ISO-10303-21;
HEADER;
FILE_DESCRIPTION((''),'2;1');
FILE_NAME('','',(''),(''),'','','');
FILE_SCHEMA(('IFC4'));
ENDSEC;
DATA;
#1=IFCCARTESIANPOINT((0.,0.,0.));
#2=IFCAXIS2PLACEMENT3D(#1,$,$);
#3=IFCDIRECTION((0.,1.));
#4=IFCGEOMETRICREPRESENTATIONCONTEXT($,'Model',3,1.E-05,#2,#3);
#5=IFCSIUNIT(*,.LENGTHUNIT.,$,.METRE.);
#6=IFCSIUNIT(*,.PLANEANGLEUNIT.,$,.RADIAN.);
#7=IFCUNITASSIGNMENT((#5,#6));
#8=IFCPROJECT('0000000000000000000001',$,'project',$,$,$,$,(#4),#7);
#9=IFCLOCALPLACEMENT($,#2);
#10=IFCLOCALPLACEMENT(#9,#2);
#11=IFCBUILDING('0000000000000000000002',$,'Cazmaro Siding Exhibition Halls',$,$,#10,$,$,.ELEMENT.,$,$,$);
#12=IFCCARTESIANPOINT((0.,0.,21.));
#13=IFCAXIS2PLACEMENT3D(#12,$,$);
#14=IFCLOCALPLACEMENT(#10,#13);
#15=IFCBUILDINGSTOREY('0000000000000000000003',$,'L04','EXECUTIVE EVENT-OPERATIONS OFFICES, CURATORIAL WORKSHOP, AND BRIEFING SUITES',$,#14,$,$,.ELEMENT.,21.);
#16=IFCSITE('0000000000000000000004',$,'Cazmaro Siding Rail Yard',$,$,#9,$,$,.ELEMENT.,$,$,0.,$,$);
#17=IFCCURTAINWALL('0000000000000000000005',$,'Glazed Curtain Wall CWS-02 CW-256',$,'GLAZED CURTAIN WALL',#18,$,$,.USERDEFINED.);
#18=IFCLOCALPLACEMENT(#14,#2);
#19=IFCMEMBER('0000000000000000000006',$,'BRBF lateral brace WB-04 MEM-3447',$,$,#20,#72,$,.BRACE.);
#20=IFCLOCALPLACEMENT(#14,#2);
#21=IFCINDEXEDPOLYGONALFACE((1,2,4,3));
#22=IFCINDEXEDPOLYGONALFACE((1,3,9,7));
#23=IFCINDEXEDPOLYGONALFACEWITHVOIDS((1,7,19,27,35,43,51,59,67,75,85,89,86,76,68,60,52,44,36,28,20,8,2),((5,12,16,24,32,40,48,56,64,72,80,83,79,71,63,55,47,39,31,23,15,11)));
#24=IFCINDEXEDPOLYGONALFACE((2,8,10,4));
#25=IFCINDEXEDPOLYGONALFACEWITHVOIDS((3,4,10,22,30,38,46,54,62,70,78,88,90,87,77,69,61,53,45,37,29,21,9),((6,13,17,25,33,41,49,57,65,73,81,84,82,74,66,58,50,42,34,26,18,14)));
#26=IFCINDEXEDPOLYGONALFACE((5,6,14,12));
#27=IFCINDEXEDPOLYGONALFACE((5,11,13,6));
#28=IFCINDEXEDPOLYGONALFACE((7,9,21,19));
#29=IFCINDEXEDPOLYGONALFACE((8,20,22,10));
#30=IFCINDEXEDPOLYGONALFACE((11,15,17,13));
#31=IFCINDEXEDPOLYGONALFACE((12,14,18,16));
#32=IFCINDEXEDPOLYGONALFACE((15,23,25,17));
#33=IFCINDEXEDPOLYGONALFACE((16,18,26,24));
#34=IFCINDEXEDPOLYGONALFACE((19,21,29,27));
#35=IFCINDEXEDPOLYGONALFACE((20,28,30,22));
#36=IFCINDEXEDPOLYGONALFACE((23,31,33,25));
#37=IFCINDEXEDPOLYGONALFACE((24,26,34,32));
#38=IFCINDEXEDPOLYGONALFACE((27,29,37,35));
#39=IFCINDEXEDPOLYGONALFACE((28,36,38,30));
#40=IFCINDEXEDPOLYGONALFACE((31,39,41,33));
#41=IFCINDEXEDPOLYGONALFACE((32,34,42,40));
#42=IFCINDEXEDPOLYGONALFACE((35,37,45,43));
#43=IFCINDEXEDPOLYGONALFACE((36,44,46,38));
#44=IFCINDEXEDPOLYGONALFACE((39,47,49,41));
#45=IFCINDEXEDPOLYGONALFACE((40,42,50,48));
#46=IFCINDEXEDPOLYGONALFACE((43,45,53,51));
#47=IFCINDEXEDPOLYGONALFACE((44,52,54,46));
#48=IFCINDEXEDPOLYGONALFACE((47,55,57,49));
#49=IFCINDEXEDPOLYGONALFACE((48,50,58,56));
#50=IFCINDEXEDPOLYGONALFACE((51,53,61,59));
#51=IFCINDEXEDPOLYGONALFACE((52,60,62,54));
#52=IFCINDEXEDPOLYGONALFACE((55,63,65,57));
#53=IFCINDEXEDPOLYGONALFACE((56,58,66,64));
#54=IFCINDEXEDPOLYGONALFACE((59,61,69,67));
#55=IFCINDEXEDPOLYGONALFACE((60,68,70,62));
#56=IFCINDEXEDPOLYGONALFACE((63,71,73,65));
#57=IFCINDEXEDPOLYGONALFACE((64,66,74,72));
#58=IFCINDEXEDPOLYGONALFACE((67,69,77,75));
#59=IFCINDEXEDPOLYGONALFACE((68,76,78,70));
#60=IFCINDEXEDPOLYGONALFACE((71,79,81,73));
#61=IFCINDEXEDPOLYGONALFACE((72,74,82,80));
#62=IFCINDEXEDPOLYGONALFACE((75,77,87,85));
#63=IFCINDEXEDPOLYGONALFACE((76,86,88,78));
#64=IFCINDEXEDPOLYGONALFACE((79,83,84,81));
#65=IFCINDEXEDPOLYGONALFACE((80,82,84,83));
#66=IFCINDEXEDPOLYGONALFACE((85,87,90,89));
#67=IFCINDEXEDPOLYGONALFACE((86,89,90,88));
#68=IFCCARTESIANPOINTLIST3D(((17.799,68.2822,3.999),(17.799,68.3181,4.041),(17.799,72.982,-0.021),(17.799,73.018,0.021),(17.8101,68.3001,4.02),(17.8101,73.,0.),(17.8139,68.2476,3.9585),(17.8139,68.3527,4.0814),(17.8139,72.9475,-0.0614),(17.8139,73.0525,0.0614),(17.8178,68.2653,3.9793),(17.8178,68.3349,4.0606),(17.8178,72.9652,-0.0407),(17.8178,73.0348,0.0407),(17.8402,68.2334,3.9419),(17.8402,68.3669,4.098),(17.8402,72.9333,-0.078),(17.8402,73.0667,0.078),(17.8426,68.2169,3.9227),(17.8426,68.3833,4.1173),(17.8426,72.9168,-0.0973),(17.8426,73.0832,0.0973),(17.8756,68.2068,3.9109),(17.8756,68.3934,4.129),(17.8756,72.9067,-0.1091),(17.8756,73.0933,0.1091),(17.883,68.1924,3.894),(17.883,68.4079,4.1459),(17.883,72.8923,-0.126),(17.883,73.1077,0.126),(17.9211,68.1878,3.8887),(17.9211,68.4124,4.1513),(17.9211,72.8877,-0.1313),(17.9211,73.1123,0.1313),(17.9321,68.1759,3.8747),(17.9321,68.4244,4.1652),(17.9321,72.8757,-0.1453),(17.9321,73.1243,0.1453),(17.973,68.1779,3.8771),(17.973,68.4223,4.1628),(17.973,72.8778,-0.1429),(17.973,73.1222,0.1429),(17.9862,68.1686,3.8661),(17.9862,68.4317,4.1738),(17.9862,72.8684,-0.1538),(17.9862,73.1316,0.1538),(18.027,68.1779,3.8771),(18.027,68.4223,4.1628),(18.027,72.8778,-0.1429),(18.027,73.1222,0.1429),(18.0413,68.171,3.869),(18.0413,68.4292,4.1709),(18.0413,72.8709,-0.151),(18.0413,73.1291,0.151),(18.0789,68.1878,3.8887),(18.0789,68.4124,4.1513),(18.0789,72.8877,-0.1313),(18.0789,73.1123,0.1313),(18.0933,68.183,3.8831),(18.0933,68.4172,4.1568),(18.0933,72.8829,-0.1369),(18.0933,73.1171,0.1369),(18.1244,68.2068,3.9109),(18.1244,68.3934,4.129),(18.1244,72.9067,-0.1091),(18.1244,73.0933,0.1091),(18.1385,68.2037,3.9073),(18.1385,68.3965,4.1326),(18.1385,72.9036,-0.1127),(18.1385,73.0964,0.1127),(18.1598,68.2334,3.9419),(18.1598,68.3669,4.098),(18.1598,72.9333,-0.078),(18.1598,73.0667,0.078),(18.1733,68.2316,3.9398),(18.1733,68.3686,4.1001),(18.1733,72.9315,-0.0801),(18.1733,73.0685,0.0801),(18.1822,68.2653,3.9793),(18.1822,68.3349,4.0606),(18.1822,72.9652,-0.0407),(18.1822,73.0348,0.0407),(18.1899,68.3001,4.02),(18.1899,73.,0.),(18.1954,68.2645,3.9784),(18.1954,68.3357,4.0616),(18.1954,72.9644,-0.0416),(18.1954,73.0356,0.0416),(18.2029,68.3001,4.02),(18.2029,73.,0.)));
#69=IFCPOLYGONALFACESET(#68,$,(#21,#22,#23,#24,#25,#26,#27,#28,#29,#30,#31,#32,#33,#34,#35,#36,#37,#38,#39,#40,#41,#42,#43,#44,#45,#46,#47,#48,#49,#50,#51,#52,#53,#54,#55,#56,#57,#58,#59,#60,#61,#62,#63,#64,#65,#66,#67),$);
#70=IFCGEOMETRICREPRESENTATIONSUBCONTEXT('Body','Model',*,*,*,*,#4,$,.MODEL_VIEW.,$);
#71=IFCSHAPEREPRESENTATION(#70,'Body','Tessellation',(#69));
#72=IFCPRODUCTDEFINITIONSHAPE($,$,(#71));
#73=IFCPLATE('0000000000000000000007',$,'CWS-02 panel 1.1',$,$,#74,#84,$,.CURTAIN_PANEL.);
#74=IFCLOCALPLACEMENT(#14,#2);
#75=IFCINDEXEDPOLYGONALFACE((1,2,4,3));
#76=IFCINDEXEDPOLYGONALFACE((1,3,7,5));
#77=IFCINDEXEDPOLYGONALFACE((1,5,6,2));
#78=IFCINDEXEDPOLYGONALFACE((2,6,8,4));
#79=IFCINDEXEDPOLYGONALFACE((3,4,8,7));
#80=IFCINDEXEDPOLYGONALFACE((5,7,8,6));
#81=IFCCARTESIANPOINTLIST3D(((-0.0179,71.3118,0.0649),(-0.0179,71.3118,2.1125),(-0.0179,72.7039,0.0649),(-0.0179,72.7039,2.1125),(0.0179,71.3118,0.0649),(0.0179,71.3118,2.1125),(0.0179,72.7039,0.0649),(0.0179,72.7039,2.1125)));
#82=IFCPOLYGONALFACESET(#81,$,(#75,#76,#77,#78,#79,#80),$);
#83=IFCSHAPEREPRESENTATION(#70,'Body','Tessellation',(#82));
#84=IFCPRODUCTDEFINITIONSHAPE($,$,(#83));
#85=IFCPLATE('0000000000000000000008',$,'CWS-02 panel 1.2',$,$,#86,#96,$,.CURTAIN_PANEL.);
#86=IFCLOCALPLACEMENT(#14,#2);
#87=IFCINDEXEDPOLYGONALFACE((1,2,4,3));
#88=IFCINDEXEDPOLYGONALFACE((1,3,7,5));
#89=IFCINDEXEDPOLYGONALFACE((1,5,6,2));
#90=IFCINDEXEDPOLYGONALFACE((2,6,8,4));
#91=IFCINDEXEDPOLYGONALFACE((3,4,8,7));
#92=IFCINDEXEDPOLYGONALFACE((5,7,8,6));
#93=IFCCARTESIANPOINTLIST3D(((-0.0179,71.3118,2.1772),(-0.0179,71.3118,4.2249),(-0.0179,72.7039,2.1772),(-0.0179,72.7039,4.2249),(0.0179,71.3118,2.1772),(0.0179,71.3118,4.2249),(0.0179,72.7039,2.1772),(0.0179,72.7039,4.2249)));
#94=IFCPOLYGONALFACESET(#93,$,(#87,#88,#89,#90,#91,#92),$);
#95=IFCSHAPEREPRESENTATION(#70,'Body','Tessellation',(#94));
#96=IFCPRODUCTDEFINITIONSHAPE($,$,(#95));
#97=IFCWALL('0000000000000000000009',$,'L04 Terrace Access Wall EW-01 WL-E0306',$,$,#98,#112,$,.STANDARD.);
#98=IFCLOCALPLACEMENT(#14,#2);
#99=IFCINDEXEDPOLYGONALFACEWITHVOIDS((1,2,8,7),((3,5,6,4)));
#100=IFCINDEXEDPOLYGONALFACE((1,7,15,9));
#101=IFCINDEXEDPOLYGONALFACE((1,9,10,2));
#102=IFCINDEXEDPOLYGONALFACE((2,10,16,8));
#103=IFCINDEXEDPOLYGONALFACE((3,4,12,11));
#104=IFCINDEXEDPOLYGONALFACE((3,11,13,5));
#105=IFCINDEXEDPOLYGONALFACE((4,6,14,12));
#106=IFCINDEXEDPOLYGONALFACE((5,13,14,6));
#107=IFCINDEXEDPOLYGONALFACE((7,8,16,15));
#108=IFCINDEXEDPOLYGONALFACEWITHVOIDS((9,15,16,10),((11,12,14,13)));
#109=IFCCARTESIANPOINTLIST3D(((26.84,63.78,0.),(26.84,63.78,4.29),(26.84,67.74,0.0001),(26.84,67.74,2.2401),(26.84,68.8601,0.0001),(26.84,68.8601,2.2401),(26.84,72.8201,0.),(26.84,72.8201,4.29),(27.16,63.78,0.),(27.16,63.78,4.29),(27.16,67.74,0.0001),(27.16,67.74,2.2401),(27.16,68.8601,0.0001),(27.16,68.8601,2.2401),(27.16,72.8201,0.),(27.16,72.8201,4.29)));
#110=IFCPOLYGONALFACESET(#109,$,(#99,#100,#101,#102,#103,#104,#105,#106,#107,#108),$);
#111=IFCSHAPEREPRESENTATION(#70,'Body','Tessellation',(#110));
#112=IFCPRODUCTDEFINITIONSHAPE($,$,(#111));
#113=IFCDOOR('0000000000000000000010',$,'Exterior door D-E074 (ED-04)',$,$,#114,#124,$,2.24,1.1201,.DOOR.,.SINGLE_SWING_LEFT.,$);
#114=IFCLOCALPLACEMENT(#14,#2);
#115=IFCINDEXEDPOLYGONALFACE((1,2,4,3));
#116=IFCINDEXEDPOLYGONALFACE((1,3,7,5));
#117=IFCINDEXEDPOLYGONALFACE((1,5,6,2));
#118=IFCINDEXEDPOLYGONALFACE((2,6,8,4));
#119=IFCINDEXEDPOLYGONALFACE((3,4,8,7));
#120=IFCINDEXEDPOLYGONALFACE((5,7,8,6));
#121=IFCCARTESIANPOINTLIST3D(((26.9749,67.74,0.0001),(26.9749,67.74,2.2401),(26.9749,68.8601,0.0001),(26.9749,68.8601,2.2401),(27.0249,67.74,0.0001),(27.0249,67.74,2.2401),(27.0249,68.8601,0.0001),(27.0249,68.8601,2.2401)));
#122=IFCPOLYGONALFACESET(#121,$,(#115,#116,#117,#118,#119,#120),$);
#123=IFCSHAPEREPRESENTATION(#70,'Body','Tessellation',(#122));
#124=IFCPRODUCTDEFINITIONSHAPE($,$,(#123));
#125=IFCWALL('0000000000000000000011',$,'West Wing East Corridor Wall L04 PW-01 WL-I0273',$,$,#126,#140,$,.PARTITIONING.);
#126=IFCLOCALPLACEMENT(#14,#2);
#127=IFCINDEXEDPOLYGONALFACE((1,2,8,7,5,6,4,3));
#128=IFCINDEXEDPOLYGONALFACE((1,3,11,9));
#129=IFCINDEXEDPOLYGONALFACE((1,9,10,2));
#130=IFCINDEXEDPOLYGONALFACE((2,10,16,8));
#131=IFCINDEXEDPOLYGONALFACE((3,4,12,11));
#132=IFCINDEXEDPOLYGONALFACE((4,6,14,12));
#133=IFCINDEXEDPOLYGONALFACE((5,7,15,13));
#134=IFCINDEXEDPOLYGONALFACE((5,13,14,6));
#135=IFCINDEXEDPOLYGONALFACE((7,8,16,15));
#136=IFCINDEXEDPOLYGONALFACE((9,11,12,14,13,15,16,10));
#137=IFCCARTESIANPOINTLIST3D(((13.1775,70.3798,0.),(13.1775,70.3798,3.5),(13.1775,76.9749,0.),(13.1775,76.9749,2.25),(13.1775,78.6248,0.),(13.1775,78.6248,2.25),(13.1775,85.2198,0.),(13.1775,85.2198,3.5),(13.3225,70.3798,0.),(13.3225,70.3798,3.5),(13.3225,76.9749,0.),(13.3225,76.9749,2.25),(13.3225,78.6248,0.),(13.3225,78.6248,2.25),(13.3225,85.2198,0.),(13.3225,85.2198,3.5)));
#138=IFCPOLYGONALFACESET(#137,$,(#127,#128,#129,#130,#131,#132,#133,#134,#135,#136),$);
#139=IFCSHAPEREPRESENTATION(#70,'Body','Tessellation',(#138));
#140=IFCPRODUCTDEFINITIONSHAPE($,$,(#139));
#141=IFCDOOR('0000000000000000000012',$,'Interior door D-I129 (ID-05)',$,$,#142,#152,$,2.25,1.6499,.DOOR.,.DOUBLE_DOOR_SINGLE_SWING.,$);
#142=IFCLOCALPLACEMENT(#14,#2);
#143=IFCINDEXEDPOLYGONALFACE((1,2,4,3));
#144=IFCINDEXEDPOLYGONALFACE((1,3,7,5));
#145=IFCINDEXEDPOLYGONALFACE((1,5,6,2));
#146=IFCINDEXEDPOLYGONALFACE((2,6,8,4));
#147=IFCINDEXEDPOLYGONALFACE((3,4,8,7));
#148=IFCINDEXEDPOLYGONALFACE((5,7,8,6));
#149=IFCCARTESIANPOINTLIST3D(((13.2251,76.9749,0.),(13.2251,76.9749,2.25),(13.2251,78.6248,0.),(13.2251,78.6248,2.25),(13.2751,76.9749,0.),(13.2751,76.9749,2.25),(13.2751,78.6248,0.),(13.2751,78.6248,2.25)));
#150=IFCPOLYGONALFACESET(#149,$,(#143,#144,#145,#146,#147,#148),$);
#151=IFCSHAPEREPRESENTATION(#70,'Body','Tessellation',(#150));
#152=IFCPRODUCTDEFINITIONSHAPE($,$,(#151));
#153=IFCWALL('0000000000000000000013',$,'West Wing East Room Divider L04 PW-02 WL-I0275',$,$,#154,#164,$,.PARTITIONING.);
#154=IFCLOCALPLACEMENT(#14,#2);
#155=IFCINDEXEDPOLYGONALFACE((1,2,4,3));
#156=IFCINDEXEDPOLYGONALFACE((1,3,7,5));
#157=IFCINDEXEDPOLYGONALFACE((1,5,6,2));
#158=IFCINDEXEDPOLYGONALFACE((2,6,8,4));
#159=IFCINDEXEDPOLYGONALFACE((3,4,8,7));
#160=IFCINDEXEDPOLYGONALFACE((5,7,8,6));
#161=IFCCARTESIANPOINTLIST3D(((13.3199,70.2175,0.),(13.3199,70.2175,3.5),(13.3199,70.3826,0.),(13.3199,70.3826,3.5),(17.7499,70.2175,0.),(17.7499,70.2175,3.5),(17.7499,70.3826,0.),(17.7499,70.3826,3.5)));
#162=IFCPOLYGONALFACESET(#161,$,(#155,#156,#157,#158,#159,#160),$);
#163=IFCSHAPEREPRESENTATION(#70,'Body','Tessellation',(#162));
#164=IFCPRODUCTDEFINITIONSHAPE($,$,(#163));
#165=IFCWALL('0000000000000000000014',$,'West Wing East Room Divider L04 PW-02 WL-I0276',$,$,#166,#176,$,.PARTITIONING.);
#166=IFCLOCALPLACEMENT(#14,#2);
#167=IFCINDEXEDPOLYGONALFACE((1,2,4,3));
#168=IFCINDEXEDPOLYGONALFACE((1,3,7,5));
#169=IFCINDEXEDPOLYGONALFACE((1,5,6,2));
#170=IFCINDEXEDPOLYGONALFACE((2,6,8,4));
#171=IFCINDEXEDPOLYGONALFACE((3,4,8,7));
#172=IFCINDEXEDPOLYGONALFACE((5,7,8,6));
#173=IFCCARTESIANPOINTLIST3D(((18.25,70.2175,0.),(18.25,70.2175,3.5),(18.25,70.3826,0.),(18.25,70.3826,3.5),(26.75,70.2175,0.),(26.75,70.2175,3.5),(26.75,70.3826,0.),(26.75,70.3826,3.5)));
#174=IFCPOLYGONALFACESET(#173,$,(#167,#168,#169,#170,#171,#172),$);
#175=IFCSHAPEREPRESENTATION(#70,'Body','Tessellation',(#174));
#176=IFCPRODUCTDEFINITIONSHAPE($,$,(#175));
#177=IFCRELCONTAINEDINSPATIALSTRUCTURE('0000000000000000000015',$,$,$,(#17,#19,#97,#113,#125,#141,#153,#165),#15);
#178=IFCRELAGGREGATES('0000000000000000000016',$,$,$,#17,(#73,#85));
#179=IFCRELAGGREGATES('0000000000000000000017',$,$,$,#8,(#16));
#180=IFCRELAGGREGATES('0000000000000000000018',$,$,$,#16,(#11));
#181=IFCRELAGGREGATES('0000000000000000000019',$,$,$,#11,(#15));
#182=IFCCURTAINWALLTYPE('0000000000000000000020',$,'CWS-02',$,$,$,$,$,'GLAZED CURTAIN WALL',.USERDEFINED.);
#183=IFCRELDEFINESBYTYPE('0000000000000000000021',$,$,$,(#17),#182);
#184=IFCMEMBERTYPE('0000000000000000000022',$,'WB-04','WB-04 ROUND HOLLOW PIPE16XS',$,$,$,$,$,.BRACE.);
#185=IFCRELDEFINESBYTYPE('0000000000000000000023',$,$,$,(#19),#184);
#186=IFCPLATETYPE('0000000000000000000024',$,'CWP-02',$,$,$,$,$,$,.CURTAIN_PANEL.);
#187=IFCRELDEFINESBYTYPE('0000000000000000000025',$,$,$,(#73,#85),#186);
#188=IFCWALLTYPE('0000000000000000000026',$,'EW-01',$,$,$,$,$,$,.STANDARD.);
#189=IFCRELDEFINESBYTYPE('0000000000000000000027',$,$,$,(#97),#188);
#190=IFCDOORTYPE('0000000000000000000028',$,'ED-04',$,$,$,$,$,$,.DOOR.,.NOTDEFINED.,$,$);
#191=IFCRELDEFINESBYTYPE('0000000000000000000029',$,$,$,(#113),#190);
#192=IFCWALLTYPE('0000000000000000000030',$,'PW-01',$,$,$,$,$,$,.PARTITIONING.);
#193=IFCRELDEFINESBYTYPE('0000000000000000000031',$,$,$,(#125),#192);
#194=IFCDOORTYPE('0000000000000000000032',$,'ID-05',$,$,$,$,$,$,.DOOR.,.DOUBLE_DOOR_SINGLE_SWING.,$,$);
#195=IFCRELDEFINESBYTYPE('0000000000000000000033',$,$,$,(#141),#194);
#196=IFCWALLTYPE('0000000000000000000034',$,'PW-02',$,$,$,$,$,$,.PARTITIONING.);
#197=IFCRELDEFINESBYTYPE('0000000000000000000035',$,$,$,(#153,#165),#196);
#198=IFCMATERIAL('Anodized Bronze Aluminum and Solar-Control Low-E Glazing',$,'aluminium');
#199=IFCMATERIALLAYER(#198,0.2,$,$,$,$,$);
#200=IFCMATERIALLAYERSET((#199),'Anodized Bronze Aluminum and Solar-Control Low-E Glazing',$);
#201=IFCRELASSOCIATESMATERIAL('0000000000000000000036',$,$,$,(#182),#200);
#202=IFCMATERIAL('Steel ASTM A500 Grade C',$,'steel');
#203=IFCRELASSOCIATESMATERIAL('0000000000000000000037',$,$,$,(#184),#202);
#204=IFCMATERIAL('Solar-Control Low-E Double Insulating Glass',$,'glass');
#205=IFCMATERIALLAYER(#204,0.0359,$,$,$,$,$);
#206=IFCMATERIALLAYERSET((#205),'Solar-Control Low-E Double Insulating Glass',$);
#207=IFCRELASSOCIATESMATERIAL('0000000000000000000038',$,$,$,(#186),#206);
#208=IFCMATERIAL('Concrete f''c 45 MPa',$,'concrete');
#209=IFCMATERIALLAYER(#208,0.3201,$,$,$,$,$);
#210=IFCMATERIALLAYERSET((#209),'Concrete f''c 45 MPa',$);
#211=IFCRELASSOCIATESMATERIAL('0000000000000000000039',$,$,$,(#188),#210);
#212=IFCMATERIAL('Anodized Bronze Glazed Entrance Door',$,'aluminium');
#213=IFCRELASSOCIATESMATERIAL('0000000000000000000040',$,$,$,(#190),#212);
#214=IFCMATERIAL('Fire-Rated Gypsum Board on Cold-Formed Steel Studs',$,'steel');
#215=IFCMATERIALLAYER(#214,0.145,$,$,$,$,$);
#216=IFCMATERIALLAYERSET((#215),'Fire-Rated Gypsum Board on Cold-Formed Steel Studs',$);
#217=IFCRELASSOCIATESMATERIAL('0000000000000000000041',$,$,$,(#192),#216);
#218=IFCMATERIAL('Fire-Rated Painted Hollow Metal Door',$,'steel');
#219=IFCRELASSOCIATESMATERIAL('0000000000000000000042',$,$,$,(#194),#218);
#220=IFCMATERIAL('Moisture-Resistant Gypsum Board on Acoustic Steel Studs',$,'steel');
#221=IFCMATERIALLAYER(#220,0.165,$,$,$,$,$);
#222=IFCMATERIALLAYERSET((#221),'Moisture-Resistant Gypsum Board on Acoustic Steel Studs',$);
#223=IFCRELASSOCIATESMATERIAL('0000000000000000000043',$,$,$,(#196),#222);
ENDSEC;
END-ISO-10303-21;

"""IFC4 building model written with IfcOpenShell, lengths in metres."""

from ifc_helpers import new_model, si_unit, direction, frame, frame_2d, origin, origin_2d, place, context, subcontext, project, spatial, rectangle, hollow_circle, extrude, material, layer, layer_set, material_profile, profile_set, type_object, element, fill, aggregate, save


model = new_model("IFC4")

# Units and contexts
model_context = context("Model", 3, precision=1e-05, world=origin(), true_north=direction((0.0, 1.0)))
body_context = subcontext(model_context, "Body", "Model", "MODEL_VIEW")
ifc_project = project(units=[si_unit("LENGTHUNIT", "METRE"), si_unit("PLANEANGLEUNIT", "RADIAN")], contexts=[model_context])

# Site, building, storey
site_placement = place(None, origin())
site = spatial("IfcSite", under=ifc_project, at=site_placement, Name="Cazmaro Siding Rail Yard", CompositionType="ELEMENT", RefElevation=0.0)
building_placement = place(site_placement, origin())
building = spatial("IfcBuilding", under=site, at=building_placement, Name="Cazmaro Siding Exhibition Halls", CompositionType="ELEMENT")
storey_placement = place(building_placement, frame((0.0, 0.0, 21.0)))
storey = spatial("IfcBuildingStorey", under=building, at=storey_placement, Name="L04", Description="EXECUTIVE EVENT-OPERATIONS OFFICES, CURATORIAL WORKSHOP, AND BRIEFING SUITES", CompositionType="ELEMENT", Elevation=21.0)

# Curtain wall
ifc_material_1 = material(Name="Anodized Bronze Aluminum and Solar-Control Low-E Glazing", Category="aluminium")
ifc_layer_1 = layer(ifc_material_1, 0.2)
ifc_layer_set_1 = layer_set([ifc_layer_1], Name="Anodized Bronze Aluminum and Solar-Control Low-E Glazing")
curtain_wall_type = type_object("IfcCurtainWallType", Name="CWS-02", ElementType="GLAZED CURTAIN WALL", PredefinedType="USERDEFINED", material=ifc_layer_set_1)
curtain_wall_placement = place(storey_placement, origin())
curtain_wall = element("IfcCurtainWall", 1, at=curtain_wall_placement, inside=storey, type_object=curtain_wall_type, Name="Glazed Curtain Wall CWS-02 CW-256", ObjectType="GLAZED CURTAIN WALL", PredefinedType="USERDEFINED")

# Member
ifc_material_2 = material(Name="Steel ASTM A500 Grade C", Category="steel")
ifc_material_profile_1 = material_profile(ifc_material_2, hollow_circle(Radius=0.2029, WallThickness=0.0129, at=origin_2d()), Name="PIPE16XS")
ifc_profile_set_1 = profile_set([ifc_material_profile_1], Name="Steel ASTM A500 Grade C")
member_type_1 = type_object("IfcMemberType", Name="WB-04", Description="WB-04 ROUND HOLLOW PIPE16XS", PredefinedType="BRACE", material=ifc_profile_set_1)
member_1_placement = place(storey_placement, frame((18.0, 73.0, 0.0), z_axis=(0.0, -0.759936, 0.649998), x_axis=(1.0, 0.0, 0.0)))
element("IfcMember", 2, at=member_1_placement, inside=storey, type_object=member_type_1, Name="BRBF lateral brace WB-04 MEM-3447", PredefinedType="BRACE", context=body_context, shape_type="SweptSolid", body=[
    extrude(hollow_circle(Radius=0.2029, WallThickness=0.0129, at=origin_2d()), origin(), (0.0, 0.0, 1.0), 6.1846),
])

# Plates
ifc_material_3 = material(Name="Solar-Control Low-E Double Insulating Glass", Category="glass")
ifc_layer_2 = layer(ifc_material_3, 0.0359)
ifc_layer_set_2 = layer_set([ifc_layer_2], Name="Solar-Control Low-E Double Insulating Glass")
plate_type = type_object("IfcPlateType", Name="CWP-02", PredefinedType="CURTAIN_PANEL", material=ifc_layer_set_2)
plate_1_placement = place(storey_placement, frame((0.0, 72.0078, 0.0649), z_axis=(0.0, 0.0, 1.0), x_axis=(0.0, -1.0, 0.0)))
plate_1 = element("IfcPlate", 3, at=plate_1_placement, type_object=plate_type, Name="CWS-02 panel 1.1", PredefinedType="CURTAIN_PANEL", context=body_context, shape_type="SweptSolid", body=[
    extrude(rectangle(XDim=1.3921, YDim=0.0359, at=origin_2d()), origin(), (0.0, 0.0, 1.0), 2.0476),
])
plate_2_placement = place(storey_placement, frame((0.0, 72.0078, 2.1772), z_axis=(0.0, 0.0, 1.0), x_axis=(0.0, -1.0, 0.0)))
plate_2 = element("IfcPlate", 4, at=plate_2_placement, type_object=plate_type, Name="CWS-02 panel 1.2", PredefinedType="CURTAIN_PANEL", context=body_context, shape_type="SweptSolid", body=[
    extrude(rectangle(XDim=1.3921, YDim=0.0359, at=origin_2d()), origin(), (0.0, 0.0, 1.0), 2.0476),
])
aggregate(curtain_wall, [plate_1, plate_2])

# Walls, openings, doors
ifc_material_4 = material(Name="Concrete f'c 45 MPa", Category="concrete")
ifc_layer_3 = layer(ifc_material_4, 0.3201)
ifc_layer_set_3 = layer_set([ifc_layer_3], Name="Concrete f'c 45 MPa")
wall_type_1 = type_object("IfcWallType", Name="EW-01", PredefinedType="STANDARD", material=ifc_layer_set_3)
wall_1_placement = place(storey_placement, frame((27.0, 72.8201, 0.0), z_axis=(0.0, 0.0, 1.0), x_axis=(0.0, -1.0, 0.0)))
wall_1 = element("IfcWall", 5, at=wall_1_placement, inside=storey, type_object=wall_type_1, Name="L04 Terrace Access Wall EW-01 WL-E0306", PredefinedType="STANDARD", context=body_context, shape_type="SweptSolid", body=[
    extrude(rectangle(XDim=9.04, YDim=0.3201, at=frame_2d((4.52, 0.0))), origin(), (0.0, 0.0, 1.0), 4.29),
])
opening_1_placement = place(wall_1_placement, frame((3.96, 0.0, 0.0)))
opening_1 = element("IfcOpeningElement", 6, at=opening_1_placement, cuts=wall_1, PredefinedType="OPENING", context=body_context, shape_type="SweptSolid", body=[
    extrude(rectangle(XDim=1.1201, YDim=2.24, at=frame_2d((0.5601, 1.1201))), frame((0.0, 0.1699, 0.0), z_axis=(0.0, -1.0, 0.0), x_axis=(1.0, 0.0, 0.0)), (0.0, 0.0, 1.0), 0.3401),
])
ifc_material_5 = material(Name="Anodized Bronze Glazed Entrance Door", Category="aluminium")
door_type_1 = type_object("IfcDoorType", Name="ED-04", OperationType="NOTDEFINED", PredefinedType="DOOR", material=ifc_material_5)
door_1_placement = place(opening_1_placement, origin())
door_1 = element("IfcDoor", 7, at=door_1_placement, inside=storey, type_object=door_type_1, Name="Exterior door D-E074 (ED-04)", OperationType="SINGLE_SWING_LEFT", OverallHeight=2.24, OverallWidth=1.1201, PredefinedType="DOOR", context=body_context, shape_type="SweptSolid", body=[
    extrude(rectangle(XDim=1.1201, YDim=2.24, at=frame_2d((0.5601, 1.1201))), frame((0.0, 0.0249, 0.0), z_axis=(0.0, -1.0, 0.0), x_axis=(1.0, 0.0, 0.0)), (0.0, 0.0, 1.0), 0.05),
])
fill(opening_1, door_1)
ifc_material_6 = material(Name="Fire-Rated Gypsum Board on Cold-Formed Steel Studs", Category="steel")
ifc_layer_4 = layer(ifc_material_6, 0.145)
ifc_layer_set_4 = layer_set([ifc_layer_4], Name="Fire-Rated Gypsum Board on Cold-Formed Steel Studs")
wall_type_2 = type_object("IfcWallType", Name="PW-01", PredefinedType="PARTITIONING", material=ifc_layer_set_4)
wall_2_placement = place(storey_placement, frame((13.25, 70.3799, 0.0), z_axis=(0.0, 0.0, 1.0), x_axis=(0.0, 1.0, 0.0)))
wall_2 = element("IfcWall", 8, at=wall_2_placement, inside=storey, type_object=wall_type_2, Name="West Wing East Corridor Wall L04 PW-01 WL-I0273", PredefinedType="PARTITIONING", context=body_context, shape_type="SweptSolid", body=[
    extrude(rectangle(XDim=14.8401, YDim=0.145, at=frame_2d((7.4199, 0.0))), origin(), (0.0, 0.0, 1.0), 3.5),
])
opening_2_placement = place(wall_2_placement, frame((6.595, 0.0, 0.0)))
opening_2 = element("IfcOpeningElement", 9, at=opening_2_placement, cuts=wall_2, PredefinedType="OPENING", context=body_context, shape_type="SweptSolid", body=[
    extrude(rectangle(XDim=1.6499, YDim=2.25, at=frame_2d((0.825, 1.125))), frame((0.0, 0.0825, 0.0), z_axis=(0.0, -1.0, 0.0), x_axis=(1.0, 0.0, 0.0)), (0.0, 0.0, 1.0), 0.165),
])
ifc_material_7 = material(Name="Fire-Rated Painted Hollow Metal Door", Category="steel")
door_type_2 = type_object("IfcDoorType", Name="ID-05", OperationType="DOUBLE_DOOR_SINGLE_SWING", PredefinedType="DOOR", material=ifc_material_7)
door_2_placement = place(opening_2_placement, origin())
door_2 = element("IfcDoor", 10, at=door_2_placement, inside=storey, type_object=door_type_2, Name="Interior door D-I129 (ID-05)", OperationType="DOUBLE_DOOR_SINGLE_SWING", OverallHeight=2.25, OverallWidth=1.6499, PredefinedType="DOOR", context=body_context, shape_type="SweptSolid", body=[
    extrude(rectangle(XDim=1.6499, YDim=2.25, at=frame_2d((0.825, 1.125))), frame((0.0, 0.0249, 0.0), z_axis=(0.0, -1.0, 0.0), x_axis=(1.0, 0.0, 0.0)), (0.0, 0.0, 1.0), 0.05),
])
fill(opening_2, door_2)

# Walls
ifc_material_8 = material(Name="Moisture-Resistant Gypsum Board on Acoustic Steel Studs", Category="steel")
ifc_layer_5 = layer(ifc_material_8, 0.165)
ifc_layer_set_5 = layer_set([ifc_layer_5], Name="Moisture-Resistant Gypsum Board on Acoustic Steel Studs")
wall_type_3 = type_object("IfcWallType", Name="PW-02", PredefinedType="PARTITIONING", material=ifc_layer_set_5)
wall_3_placement = place(storey_placement, frame((13.3201, 70.3, 0.0), z_axis=(0.0, 0.0, 1.0), x_axis=(1.0, 0.0, 0.0)))
element("IfcWall", 11, at=wall_3_placement, inside=storey, type_object=wall_type_3, Name="West Wing East Room Divider L04 PW-02 WL-I0275", PredefinedType="PARTITIONING", context=body_context, shape_type="SweptSolid", body=[
    extrude(rectangle(XDim=4.4299, YDim=0.165, at=frame_2d((2.2148, 0.0))), origin(), (0.0, 0.0, 1.0), 3.5),
])
wall_4_placement = place(storey_placement, frame((18.25, 70.3, 0.0), z_axis=(0.0, 0.0, 1.0), x_axis=(1.0, 0.0, 0.0)))
element("IfcWall", 12, at=wall_4_placement, inside=storey, type_object=wall_type_3, Name="West Wing East Room Divider L04 PW-02 WL-I0276", PredefinedType="PARTITIONING", context=body_context, shape_type="SweptSolid", body=[
    extrude(rectangle(XDim=8.5, YDim=0.165, at=frame_2d((4.25, 0.0))), origin(), (0.0, 0.0, 1.0), 3.5),
])

save(model, "model.ifc")
